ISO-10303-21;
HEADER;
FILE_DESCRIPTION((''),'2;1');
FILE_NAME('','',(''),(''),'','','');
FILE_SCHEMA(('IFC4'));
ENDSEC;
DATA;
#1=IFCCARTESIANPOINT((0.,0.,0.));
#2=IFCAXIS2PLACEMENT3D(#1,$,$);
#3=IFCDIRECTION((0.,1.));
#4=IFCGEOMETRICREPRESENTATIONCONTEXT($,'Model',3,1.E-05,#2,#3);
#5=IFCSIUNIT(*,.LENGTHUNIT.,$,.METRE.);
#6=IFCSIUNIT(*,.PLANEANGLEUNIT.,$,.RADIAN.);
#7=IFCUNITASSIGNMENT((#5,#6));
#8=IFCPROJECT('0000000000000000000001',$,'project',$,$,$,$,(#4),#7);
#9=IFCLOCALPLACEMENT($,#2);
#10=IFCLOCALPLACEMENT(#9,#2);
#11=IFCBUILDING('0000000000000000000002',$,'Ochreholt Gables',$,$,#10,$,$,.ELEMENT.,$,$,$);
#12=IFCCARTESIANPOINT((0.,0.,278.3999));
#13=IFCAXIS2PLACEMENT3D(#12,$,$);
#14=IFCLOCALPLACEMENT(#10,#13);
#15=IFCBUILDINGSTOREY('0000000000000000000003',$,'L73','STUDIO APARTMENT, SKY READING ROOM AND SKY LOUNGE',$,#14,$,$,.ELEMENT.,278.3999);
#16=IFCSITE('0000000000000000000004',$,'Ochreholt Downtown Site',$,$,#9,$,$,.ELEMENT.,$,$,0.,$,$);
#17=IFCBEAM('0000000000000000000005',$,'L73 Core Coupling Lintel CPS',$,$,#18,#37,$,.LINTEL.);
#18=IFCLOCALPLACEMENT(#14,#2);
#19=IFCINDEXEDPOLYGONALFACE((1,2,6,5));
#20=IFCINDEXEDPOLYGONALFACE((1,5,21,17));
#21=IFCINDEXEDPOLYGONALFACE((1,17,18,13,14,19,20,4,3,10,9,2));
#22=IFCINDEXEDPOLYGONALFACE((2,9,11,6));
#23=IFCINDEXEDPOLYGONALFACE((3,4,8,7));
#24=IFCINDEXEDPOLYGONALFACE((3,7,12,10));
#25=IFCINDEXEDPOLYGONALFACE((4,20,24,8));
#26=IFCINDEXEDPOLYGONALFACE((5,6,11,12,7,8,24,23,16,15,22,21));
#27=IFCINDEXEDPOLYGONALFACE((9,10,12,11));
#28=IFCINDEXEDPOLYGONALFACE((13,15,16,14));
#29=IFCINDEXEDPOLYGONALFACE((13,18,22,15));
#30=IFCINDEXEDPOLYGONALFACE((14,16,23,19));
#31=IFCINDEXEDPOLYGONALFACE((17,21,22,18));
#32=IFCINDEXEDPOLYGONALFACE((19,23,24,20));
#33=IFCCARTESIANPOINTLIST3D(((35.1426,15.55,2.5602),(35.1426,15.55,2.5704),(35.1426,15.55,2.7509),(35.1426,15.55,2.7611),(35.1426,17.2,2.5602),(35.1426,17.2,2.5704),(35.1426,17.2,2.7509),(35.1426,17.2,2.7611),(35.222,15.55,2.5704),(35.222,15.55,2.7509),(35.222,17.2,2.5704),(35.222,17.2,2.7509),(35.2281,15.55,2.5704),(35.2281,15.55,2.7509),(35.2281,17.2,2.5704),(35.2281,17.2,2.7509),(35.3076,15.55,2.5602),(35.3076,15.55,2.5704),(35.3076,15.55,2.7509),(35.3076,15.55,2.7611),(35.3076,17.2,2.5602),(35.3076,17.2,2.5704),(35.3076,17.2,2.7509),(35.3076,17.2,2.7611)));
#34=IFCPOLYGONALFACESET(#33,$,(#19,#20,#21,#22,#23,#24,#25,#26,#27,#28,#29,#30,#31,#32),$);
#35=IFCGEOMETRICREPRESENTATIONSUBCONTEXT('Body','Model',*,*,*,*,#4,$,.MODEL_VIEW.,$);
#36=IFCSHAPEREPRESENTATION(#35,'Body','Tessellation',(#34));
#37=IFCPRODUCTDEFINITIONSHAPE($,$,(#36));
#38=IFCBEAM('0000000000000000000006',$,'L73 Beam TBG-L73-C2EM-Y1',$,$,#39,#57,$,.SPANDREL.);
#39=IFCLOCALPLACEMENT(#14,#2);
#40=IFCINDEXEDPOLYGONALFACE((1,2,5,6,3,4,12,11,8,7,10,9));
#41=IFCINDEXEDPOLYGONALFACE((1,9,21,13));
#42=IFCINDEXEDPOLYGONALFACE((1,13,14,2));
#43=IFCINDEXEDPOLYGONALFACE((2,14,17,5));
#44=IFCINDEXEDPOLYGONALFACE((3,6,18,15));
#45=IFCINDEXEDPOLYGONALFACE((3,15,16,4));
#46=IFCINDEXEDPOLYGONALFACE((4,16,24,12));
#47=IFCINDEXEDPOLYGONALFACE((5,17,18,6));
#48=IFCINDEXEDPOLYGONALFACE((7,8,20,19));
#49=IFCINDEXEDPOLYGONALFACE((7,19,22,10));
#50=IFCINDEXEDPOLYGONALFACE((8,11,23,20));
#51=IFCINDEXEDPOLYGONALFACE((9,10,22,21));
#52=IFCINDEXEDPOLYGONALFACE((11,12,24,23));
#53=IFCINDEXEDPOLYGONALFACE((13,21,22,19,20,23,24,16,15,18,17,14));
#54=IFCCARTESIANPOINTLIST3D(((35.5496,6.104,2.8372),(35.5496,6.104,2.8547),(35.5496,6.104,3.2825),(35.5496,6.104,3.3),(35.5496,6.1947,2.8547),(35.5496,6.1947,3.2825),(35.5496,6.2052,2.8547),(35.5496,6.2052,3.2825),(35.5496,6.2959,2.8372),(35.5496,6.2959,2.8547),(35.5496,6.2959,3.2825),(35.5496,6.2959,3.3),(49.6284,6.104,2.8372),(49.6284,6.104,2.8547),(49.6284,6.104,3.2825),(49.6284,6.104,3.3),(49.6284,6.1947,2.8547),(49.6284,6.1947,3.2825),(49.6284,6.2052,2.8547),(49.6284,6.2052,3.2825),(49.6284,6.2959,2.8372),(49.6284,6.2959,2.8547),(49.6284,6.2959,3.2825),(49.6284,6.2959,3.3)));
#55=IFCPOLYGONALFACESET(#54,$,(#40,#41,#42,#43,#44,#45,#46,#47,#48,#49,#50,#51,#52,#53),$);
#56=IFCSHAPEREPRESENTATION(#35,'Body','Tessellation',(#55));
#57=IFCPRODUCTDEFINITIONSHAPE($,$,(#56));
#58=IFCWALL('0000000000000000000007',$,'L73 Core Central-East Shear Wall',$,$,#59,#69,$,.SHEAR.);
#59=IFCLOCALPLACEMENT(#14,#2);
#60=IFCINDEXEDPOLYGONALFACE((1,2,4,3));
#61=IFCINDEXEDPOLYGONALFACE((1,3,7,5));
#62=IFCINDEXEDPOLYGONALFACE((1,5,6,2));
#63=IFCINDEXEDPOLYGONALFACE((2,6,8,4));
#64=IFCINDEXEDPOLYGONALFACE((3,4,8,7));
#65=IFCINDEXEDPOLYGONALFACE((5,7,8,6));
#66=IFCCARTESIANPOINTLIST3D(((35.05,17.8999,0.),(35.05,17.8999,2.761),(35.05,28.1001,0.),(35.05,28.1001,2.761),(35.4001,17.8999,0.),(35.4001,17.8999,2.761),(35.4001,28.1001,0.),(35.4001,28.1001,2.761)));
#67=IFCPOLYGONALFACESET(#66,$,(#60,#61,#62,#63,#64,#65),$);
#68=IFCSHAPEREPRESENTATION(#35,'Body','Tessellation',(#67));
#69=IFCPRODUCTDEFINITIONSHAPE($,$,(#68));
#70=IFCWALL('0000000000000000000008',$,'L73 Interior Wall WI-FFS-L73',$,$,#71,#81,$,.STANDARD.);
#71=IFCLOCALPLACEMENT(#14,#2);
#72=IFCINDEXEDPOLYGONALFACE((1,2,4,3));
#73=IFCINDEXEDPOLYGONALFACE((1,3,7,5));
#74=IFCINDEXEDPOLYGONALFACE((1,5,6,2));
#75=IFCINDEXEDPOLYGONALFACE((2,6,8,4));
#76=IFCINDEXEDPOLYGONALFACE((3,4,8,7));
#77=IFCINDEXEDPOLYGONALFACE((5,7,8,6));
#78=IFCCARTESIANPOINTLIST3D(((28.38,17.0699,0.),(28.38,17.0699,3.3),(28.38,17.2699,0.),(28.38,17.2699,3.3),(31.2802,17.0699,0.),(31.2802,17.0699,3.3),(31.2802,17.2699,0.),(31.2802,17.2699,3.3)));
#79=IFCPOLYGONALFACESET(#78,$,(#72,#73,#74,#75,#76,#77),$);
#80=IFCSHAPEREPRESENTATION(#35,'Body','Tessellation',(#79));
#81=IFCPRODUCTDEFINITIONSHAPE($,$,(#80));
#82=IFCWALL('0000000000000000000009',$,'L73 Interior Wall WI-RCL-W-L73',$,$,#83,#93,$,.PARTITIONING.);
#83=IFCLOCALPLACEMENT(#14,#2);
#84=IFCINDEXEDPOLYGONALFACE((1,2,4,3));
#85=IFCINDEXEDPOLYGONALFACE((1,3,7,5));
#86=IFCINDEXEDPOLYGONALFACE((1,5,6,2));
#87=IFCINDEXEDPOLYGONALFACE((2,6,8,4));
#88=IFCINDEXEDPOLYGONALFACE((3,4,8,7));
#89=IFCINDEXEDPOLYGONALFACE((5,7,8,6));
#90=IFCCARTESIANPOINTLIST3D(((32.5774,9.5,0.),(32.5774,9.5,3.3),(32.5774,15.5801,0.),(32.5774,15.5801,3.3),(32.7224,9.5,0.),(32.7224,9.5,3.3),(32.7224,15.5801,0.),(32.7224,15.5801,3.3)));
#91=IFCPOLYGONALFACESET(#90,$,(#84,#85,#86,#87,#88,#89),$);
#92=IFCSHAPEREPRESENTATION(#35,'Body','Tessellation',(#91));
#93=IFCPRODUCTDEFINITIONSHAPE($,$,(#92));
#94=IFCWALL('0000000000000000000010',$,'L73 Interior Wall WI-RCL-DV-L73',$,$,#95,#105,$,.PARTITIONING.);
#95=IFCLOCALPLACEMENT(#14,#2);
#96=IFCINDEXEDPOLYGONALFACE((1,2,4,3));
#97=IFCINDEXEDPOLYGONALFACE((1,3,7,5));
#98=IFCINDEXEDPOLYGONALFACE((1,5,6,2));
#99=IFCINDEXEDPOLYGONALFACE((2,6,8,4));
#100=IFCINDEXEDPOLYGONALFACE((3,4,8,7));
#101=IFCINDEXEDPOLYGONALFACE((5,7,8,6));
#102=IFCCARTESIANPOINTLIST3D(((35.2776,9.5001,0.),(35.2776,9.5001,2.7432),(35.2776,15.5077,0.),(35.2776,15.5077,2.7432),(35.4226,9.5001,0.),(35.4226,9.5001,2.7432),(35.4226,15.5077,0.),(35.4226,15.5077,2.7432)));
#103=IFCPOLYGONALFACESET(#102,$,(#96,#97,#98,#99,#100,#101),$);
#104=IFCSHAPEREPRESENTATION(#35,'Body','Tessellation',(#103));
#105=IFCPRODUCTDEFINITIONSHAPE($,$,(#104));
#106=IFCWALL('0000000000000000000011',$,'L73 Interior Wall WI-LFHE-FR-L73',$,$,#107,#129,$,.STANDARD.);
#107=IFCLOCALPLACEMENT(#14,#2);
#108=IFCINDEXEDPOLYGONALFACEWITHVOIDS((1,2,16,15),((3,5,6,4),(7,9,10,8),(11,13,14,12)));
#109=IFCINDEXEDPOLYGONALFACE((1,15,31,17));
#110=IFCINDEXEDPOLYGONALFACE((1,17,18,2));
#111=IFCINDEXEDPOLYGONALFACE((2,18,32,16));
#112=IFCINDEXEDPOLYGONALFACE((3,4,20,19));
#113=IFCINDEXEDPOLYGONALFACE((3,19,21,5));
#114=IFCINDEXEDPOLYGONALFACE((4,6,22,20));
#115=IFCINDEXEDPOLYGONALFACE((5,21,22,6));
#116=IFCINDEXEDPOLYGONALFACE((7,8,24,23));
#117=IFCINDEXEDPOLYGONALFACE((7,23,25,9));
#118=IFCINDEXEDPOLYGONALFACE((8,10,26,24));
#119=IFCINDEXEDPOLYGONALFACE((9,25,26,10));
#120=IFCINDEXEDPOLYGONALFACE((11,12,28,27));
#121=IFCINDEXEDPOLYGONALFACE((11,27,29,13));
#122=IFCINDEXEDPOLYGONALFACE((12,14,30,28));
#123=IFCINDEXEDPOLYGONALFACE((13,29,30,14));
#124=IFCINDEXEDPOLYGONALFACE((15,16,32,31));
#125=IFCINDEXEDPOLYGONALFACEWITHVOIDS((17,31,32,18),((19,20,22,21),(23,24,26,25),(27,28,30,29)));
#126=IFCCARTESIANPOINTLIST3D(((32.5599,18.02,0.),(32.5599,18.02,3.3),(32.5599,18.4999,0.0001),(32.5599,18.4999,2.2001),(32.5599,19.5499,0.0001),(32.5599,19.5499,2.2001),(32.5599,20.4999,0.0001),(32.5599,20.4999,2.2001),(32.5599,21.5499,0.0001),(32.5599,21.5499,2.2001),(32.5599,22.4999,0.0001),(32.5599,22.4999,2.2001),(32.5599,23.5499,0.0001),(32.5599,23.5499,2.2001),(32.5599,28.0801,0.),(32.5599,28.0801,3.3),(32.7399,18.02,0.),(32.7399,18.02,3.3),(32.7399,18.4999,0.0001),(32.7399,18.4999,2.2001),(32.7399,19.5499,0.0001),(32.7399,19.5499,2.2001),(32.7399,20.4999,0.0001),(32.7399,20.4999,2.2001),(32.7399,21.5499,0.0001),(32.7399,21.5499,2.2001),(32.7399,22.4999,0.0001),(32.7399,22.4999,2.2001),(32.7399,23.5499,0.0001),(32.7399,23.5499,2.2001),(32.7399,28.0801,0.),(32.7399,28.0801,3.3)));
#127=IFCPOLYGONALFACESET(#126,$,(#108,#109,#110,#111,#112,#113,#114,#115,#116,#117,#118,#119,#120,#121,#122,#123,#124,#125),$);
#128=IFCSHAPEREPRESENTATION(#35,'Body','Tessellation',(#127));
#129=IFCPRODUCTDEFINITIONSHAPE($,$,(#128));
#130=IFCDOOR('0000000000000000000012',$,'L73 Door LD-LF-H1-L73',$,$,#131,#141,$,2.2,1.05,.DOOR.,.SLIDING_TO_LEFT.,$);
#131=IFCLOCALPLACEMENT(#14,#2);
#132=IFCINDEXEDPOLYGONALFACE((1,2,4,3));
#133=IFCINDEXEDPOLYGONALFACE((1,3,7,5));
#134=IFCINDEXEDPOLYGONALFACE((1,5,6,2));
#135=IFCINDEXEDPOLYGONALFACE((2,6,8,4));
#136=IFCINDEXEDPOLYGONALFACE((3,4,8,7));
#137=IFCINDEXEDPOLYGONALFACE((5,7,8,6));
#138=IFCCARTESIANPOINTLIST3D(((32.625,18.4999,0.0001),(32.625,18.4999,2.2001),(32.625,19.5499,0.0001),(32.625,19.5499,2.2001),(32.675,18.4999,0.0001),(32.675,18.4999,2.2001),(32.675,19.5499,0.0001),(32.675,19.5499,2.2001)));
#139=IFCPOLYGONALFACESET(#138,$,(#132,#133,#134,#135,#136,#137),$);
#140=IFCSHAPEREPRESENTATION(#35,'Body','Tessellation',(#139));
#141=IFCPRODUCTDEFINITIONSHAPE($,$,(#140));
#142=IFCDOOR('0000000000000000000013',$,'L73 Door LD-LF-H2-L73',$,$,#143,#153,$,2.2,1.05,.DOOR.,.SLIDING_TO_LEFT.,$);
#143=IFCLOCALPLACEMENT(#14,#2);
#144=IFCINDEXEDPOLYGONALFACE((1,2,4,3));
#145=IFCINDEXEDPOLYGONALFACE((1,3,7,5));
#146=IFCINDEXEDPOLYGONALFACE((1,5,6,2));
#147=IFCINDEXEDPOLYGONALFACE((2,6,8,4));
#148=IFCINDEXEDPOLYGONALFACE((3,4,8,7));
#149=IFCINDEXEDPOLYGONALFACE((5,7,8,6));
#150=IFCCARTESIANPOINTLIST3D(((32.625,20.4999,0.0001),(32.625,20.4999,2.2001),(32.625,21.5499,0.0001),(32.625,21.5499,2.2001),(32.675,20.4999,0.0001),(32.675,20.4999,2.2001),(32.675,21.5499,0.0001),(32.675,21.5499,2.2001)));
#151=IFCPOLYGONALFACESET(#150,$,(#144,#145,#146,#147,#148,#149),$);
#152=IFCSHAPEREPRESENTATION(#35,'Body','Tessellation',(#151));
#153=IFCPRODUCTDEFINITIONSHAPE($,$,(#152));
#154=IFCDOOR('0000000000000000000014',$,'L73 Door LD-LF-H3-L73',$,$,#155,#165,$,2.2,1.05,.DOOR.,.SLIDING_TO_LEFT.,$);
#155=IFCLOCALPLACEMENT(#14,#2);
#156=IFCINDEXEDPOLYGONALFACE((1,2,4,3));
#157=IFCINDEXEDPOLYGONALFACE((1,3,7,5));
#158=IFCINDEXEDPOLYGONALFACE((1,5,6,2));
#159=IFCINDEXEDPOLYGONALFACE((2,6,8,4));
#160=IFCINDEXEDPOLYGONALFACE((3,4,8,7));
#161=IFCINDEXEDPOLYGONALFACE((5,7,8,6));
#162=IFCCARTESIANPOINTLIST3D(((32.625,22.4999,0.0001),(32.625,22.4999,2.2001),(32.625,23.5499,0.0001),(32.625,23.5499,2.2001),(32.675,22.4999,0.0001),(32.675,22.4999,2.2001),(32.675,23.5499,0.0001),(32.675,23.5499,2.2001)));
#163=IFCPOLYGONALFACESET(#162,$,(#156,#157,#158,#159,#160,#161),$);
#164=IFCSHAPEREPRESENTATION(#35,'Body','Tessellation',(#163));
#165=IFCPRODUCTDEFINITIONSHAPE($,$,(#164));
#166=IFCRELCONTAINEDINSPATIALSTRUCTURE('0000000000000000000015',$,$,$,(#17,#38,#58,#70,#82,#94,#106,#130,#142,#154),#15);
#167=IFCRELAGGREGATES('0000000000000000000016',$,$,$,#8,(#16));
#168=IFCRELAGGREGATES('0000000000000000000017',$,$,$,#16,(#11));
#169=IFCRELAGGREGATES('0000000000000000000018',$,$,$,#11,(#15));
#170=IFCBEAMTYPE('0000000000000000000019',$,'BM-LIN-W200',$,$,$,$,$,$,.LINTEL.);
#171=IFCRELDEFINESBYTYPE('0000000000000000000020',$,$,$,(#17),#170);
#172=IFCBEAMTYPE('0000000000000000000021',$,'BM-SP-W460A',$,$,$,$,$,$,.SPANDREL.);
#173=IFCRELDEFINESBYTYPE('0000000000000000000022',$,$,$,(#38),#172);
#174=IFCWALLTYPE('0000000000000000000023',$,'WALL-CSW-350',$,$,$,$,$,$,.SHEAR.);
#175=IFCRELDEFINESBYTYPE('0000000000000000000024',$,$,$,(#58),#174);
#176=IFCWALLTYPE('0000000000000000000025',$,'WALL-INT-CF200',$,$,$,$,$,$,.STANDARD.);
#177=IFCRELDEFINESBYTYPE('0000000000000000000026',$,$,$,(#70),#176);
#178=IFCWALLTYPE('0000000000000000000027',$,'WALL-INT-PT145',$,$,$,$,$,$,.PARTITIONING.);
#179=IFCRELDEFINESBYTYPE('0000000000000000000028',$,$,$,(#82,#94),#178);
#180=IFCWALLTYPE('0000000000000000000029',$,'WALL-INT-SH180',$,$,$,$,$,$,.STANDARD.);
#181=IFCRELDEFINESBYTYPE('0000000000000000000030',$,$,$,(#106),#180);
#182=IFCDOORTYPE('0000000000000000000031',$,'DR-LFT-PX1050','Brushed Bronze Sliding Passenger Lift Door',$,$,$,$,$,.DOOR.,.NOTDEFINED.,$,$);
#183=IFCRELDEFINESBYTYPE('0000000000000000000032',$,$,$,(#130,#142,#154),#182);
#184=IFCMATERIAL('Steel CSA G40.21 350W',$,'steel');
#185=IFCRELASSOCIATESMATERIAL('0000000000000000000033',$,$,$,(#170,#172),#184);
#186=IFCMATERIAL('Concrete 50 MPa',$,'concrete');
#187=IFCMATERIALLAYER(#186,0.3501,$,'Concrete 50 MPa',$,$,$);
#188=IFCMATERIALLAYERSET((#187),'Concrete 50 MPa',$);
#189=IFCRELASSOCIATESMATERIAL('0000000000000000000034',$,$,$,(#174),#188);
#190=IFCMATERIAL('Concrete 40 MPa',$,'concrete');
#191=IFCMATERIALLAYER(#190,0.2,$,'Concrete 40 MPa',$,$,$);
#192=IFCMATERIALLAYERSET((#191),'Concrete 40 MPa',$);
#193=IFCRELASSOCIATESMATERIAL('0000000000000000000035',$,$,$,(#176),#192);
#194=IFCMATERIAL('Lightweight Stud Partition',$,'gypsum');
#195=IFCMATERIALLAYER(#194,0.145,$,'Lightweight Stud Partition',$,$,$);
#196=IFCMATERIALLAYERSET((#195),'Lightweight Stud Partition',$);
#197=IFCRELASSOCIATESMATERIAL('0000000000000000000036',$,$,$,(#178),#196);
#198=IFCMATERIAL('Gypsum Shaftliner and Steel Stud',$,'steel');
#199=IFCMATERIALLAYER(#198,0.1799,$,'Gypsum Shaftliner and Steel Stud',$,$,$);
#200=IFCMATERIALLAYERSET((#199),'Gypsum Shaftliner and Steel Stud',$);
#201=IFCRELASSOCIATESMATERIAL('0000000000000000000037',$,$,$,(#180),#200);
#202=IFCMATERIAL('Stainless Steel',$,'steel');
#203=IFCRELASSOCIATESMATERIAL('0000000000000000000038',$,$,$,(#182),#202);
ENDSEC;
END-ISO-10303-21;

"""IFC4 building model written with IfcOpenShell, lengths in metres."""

from ifc_helpers import new_model, si_unit, direction, frame, frame_2d, origin, origin_2d, place, context, subcontext, project, spatial, rectangle, i_section, extrude, material, layer, layer_set, material_profile, profile_set, type_object, element, fill, save


model = new_model("IFC4")

# Units and contexts
model_context = context("Model", 3, precision=1e-05, world=origin(), true_north=direction((0.0, 1.0)))
body_context = subcontext(model_context, "Body", "Model", "MODEL_VIEW")
ifc_project = project(units=[si_unit("LENGTHUNIT", "METRE"), si_unit("PLANEANGLEUNIT", "RADIAN")], contexts=[model_context])

# Site, building, storey
site_placement = place(None, origin())
site = spatial("IfcSite", under=ifc_project, at=site_placement, Name="Ochreholt Downtown Site", CompositionType="ELEMENT", RefElevation=0.0)
building_placement = place(site_placement, origin())
building = spatial("IfcBuilding", under=site, at=building_placement, Name="Ochreholt Gables", CompositionType="ELEMENT")
storey_placement = place(building_placement, frame((0.0, 0.0, 278.3999)))
storey = spatial("IfcBuildingStorey", under=building, at=storey_placement, Name="L73", Description="STUDIO APARTMENT, SKY READING ROOM AND SKY LOUNGE", CompositionType="ELEMENT", Elevation=278.3999)

# Shared definitions
ifc_material_1 = material(Name="Concrete 50 MPa", Category="concrete")

# Beams
ifc_material_2 = material(Name="Steel CSA G40.21 350W", Category="steel")
ifc_material_profile_1 = material_profile(ifc_material_2, i_section(OverallWidth=0.165, OverallDepth=0.2009, WebThickness=0.0061, FlangeThickness=0.0103, at=origin_2d()), Name="W200X36")
ifc_profile_set_1 = profile_set([ifc_material_profile_1], Name="Steel CSA G40.21 350W")
beam_type_1 = type_object("IfcBeamType", Name="BM-LIN-W200", PredefinedType="LINTEL", material=ifc_profile_set_1)
beam_1_placement = place(storey_placement, frame((35.2251, 15.55, 2.6606), z_axis=(0.0, 1.0, 0.0), x_axis=(-1.0, 0.0, 0.0)))
element("IfcBeam", 1, at=beam_1_placement, inside=storey, type_object=beam_type_1, Name="L73 Core Coupling Lintel CPS", PredefinedType="LINTEL", context=body_context, shape_type="SweptSolid", body=[
    extrude(i_section(OverallWidth=0.165, OverallDepth=0.2009, WebThickness=0.0061, FlangeThickness=0.0103, at=origin_2d()), origin(), (0.0, 0.0, 1.0), 1.6499),
])
ifc_material_profile_2 = material_profile(ifc_material_2, i_section(OverallWidth=0.1919, OverallDepth=0.4629, WebThickness=0.0105, FlangeThickness=0.0176, at=origin_2d()), Name="W460X89")
ifc_profile_set_2 = profile_set([ifc_material_profile_2], Name="Steel CSA G40.21 350W")
beam_type_2 = type_object("IfcBeamType", Name="BM-SP-W460A", PredefinedType="SPANDREL", material=ifc_profile_set_2)
beam_2_placement = place(storey_placement, frame((35.5496, 6.2, 3.0686), z_axis=(1.0, 0.0, 0.0), x_axis=(0.0, 1.0, 0.0)))
element("IfcBeam", 2, at=beam_2_placement, inside=storey, type_object=beam_type_2, Name="L73 Beam TBG-L73-C2EM-Y1", PredefinedType="SPANDREL", context=body_context, shape_type="SweptSolid", body=[
    extrude(i_section(OverallWidth=0.1919, OverallDepth=0.4629, WebThickness=0.0105, FlangeThickness=0.0176, at=origin_2d()), origin(), (0.0, 0.0, 1.0), 14.0789),
])

# Walls
ifc_layer_1 = layer(ifc_material_1, 0.3501, Name="Concrete 50 MPa")
ifc_layer_set_1 = layer_set([ifc_layer_1], Name="Concrete 50 MPa")
wall_type_1 = type_object("IfcWallType", Name="WALL-CSW-350", PredefinedType="SHEAR", material=ifc_layer_set_1)
wall_1_placement = place(storey_placement, frame((35.2251, 17.8999, 0.0), z_axis=(0.0, 0.0, 1.0), x_axis=(0.0, 1.0, 0.0)))
element("IfcWall", 3, at=wall_1_placement, inside=storey, type_object=wall_type_1, Name="L73 Core Central-East Shear Wall", PredefinedType="SHEAR", context=body_context, shape_type="SweptSolid", body=[
    extrude(rectangle(XDim=10.2002, YDim=0.3501, at=frame_2d((5.1001, 0.0))), origin(), (0.0, 0.0, 1.0), 2.761),
])
ifc_material_3 = material(Name="Concrete 40 MPa", Category="concrete")
ifc_layer_2 = layer(ifc_material_3, 0.2, Name="Concrete 40 MPa")
ifc_layer_set_2 = layer_set([ifc_layer_2], Name="Concrete 40 MPa")
wall_type_2 = type_object("IfcWallType", Name="WALL-INT-CF200", PredefinedType="STANDARD", material=ifc_layer_set_2)
wall_2_placement = place(storey_placement, frame((28.3799, 17.1699, 0.0), z_axis=(0.0, 0.0, 1.0), x_axis=(1.0, 0.0, 0.0)))
element("IfcWall", 4, at=wall_2_placement, inside=storey, type_object=wall_type_2, Name="L73 Interior Wall WI-FFS-L73", PredefinedType="STANDARD", context=body_context, shape_type="SweptSolid", body=[
    extrude(rectangle(XDim=2.9001, YDim=0.2, at=frame_2d((1.4502, 0.0))), origin(), (0.0, 0.0, 1.0), 3.3),
])

# Wall
ifc_material_4 = material(Name="Lightweight Stud Partition", Category="gypsum")
ifc_layer_3 = layer(ifc_material_4, 0.145, Name="Lightweight Stud Partition")
ifc_layer_set_3 = layer_set([ifc_layer_3], Name="Lightweight Stud Partition")
wall_type_3 = type_object("IfcWallType", Name="WALL-INT-PT145", PredefinedType="PARTITIONING", material=ifc_layer_set_3)
wall_3_placement = place(storey_placement, frame((32.6499, 9.5, 0.0), z_axis=(0.0, 0.0, 1.0), x_axis=(0.0, 1.0, 0.0)))
element("IfcWall", 5, at=wall_3_placement, inside=storey, type_object=wall_type_3, Name="L73 Interior Wall WI-RCL-W-L73", PredefinedType="PARTITIONING", context=body_context, shape_type="SweptSolid", body=[
    extrude(rectangle(XDim=6.0801, YDim=0.145, at=frame_2d((3.04, 0.0))), origin(), (0.0, 0.0, 1.0), 3.3),
])

# Wall
wall_4_placement = place(storey_placement, frame((35.3501, 9.5, 0.0), z_axis=(0.0, 0.0, 1.0), x_axis=(0.0, 1.0, 0.0)))
element("IfcWall", 6, at=wall_4_placement, inside=storey, type_object=wall_type_3, Name="L73 Interior Wall WI-RCL-DV-L73", PredefinedType="PARTITIONING", context=body_context, shape_type="SweptSolid", body=[
    extrude(rectangle(XDim=6.0076, YDim=0.145, at=frame_2d((3.0039, 0.0))), origin(), (0.0, 0.0, 1.0), 2.7432),
])

# Wall, openings, doors
ifc_material_5 = material(Name="Gypsum Shaftliner and Steel Stud", Category="steel")
ifc_layer_4 = layer(ifc_material_5, 0.1799, Name="Gypsum Shaftliner and Steel Stud")
ifc_layer_set_4 = layer_set([ifc_layer_4], Name="Gypsum Shaftliner and Steel Stud")
wall_type_4 = type_object("IfcWallType", Name="WALL-INT-SH180", PredefinedType="STANDARD", material=ifc_layer_set_4)
wall_5_placement = place(storey_placement, frame((32.6499, 18.02, 0.0), z_axis=(0.0, 0.0, 1.0), x_axis=(0.0, 1.0, 0.0)))
wall_5 = element("IfcWall", 7, at=wall_5_placement, inside=storey, type_object=wall_type_4, Name="L73 Interior Wall WI-LFHE-FR-L73", PredefinedType="STANDARD", context=body_context, shape_type="SweptSolid", body=[
    extrude(rectangle(XDim=10.0601, YDim=0.1799, at=frame_2d((5.03, 0.0))), origin(), (0.0, 0.0, 1.0), 3.3),
])
opening_1_placement = place(wall_5_placement, frame((0.48, 0.0, 0.0)))
opening_1 = element("IfcOpeningElement", 8, at=opening_1_placement, cuts=wall_5, PredefinedType="OPENING", context=body_context, shape_type="SweptSolid", body=[
    extrude(rectangle(XDim=1.05, YDim=2.2, at=frame_2d((0.5249, 1.1001))), frame((0.0, 0.0999, 0.0), z_axis=(0.0, -1.0, 0.0), x_axis=(1.0, 0.0, 0.0)), (0.0, 0.0, 1.0), 0.2),
])
opening_2_placement = place(wall_5_placement, frame((2.48, 0.0, 0.0)))
opening_2 = element("IfcOpeningElement", 9, at=opening_2_placement, cuts=wall_5, PredefinedType="OPENING", context=body_context, shape_type="SweptSolid", body=[
    extrude(rectangle(XDim=1.05, YDim=2.2, at=frame_2d((0.5249, 1.1001))), frame((0.0, 0.0999, 0.0), z_axis=(0.0, -1.0, 0.0), x_axis=(1.0, 0.0, 0.0)), (0.0, 0.0, 1.0), 0.2),
])
opening_3_placement = place(wall_5_placement, frame((4.48, 0.0, 0.0)))
opening_3 = element("IfcOpeningElement", 10, at=opening_3_placement, cuts=wall_5, PredefinedType="OPENING", context=body_context, shape_type="SweptSolid", body=[
    extrude(rectangle(XDim=1.05, YDim=2.2, at=frame_2d((0.5249, 1.1001))), frame((0.0, 0.0999, 0.0), z_axis=(0.0, -1.0, 0.0), x_axis=(1.0, 0.0, 0.0)), (0.0, 0.0, 1.0), 0.2),
])
ifc_material_6 = material(Name="Stainless Steel", Category="steel")
door_type_1 = type_object("IfcDoorType", Name="DR-LFT-PX1050", Description="Brushed Bronze Sliding Passenger Lift Door", OperationType="NOTDEFINED", PredefinedType="DOOR", material=ifc_material_6)
door_1_placement = place(opening_1_placement, origin())
door_1 = element("IfcDoor", 11, at=door_1_placement, inside=storey, type_object=door_type_1, Name="L73 Door LD-LF-H1-L73", OperationType="SLIDING_TO_LEFT", OverallHeight=2.2, OverallWidth=1.05, PredefinedType="DOOR", context=body_context, shape_type="SweptSolid", body=[
    extrude(rectangle(XDim=1.05, YDim=2.2, at=frame_2d((0.5249, 1.1001))), frame((0.0, 0.0249, 0.0), z_axis=(0.0, -1.0, 0.0), x_axis=(1.0, 0.0, 0.0)), (0.0, 0.0, 1.0), 0.05),
])
fill(opening_1, door_1)
door_2_placement = place(opening_2_placement, origin())
door_2 = element("IfcDoor", 12, at=door_2_placement, inside=storey, type_object=door_type_1, Name="L73 Door LD-LF-H2-L73", OperationType="SLIDING_TO_LEFT", OverallHeight=2.2, OverallWidth=1.05, PredefinedType="DOOR", context=body_context, shape_type="SweptSolid", body=[
    extrude(rectangle(XDim=1.05, YDim=2.2, at=frame_2d((0.5249, 1.1001))), frame((0.0, 0.0249, 0.0), z_axis=(0.0, -1.0, 0.0), x_axis=(1.0, 0.0, 0.0)), (0.0, 0.0, 1.0), 0.05),
])
fill(opening_2, door_2)
door_3_placement = place(opening_3_placement, origin())
door_3 = element("IfcDoor", 13, at=door_3_placement, inside=storey, type_object=door_type_1, Name="L73 Door LD-LF-H3-L73", OperationType="SLIDING_TO_LEFT", OverallHeight=2.2, OverallWidth=1.05, PredefinedType="DOOR", context=body_context, shape_type="SweptSolid", body=[
    extrude(rectangle(XDim=1.05, YDim=2.2, at=frame_2d((0.5249, 1.1001))), frame((0.0, 0.0249, 0.0), z_axis=(0.0, -1.0, 0.0), x_axis=(1.0, 0.0, 0.0)), (0.0, 0.0, 1.0), 0.05),
])
fill(opening_3, door_3)

save(model, "model.ifc")
